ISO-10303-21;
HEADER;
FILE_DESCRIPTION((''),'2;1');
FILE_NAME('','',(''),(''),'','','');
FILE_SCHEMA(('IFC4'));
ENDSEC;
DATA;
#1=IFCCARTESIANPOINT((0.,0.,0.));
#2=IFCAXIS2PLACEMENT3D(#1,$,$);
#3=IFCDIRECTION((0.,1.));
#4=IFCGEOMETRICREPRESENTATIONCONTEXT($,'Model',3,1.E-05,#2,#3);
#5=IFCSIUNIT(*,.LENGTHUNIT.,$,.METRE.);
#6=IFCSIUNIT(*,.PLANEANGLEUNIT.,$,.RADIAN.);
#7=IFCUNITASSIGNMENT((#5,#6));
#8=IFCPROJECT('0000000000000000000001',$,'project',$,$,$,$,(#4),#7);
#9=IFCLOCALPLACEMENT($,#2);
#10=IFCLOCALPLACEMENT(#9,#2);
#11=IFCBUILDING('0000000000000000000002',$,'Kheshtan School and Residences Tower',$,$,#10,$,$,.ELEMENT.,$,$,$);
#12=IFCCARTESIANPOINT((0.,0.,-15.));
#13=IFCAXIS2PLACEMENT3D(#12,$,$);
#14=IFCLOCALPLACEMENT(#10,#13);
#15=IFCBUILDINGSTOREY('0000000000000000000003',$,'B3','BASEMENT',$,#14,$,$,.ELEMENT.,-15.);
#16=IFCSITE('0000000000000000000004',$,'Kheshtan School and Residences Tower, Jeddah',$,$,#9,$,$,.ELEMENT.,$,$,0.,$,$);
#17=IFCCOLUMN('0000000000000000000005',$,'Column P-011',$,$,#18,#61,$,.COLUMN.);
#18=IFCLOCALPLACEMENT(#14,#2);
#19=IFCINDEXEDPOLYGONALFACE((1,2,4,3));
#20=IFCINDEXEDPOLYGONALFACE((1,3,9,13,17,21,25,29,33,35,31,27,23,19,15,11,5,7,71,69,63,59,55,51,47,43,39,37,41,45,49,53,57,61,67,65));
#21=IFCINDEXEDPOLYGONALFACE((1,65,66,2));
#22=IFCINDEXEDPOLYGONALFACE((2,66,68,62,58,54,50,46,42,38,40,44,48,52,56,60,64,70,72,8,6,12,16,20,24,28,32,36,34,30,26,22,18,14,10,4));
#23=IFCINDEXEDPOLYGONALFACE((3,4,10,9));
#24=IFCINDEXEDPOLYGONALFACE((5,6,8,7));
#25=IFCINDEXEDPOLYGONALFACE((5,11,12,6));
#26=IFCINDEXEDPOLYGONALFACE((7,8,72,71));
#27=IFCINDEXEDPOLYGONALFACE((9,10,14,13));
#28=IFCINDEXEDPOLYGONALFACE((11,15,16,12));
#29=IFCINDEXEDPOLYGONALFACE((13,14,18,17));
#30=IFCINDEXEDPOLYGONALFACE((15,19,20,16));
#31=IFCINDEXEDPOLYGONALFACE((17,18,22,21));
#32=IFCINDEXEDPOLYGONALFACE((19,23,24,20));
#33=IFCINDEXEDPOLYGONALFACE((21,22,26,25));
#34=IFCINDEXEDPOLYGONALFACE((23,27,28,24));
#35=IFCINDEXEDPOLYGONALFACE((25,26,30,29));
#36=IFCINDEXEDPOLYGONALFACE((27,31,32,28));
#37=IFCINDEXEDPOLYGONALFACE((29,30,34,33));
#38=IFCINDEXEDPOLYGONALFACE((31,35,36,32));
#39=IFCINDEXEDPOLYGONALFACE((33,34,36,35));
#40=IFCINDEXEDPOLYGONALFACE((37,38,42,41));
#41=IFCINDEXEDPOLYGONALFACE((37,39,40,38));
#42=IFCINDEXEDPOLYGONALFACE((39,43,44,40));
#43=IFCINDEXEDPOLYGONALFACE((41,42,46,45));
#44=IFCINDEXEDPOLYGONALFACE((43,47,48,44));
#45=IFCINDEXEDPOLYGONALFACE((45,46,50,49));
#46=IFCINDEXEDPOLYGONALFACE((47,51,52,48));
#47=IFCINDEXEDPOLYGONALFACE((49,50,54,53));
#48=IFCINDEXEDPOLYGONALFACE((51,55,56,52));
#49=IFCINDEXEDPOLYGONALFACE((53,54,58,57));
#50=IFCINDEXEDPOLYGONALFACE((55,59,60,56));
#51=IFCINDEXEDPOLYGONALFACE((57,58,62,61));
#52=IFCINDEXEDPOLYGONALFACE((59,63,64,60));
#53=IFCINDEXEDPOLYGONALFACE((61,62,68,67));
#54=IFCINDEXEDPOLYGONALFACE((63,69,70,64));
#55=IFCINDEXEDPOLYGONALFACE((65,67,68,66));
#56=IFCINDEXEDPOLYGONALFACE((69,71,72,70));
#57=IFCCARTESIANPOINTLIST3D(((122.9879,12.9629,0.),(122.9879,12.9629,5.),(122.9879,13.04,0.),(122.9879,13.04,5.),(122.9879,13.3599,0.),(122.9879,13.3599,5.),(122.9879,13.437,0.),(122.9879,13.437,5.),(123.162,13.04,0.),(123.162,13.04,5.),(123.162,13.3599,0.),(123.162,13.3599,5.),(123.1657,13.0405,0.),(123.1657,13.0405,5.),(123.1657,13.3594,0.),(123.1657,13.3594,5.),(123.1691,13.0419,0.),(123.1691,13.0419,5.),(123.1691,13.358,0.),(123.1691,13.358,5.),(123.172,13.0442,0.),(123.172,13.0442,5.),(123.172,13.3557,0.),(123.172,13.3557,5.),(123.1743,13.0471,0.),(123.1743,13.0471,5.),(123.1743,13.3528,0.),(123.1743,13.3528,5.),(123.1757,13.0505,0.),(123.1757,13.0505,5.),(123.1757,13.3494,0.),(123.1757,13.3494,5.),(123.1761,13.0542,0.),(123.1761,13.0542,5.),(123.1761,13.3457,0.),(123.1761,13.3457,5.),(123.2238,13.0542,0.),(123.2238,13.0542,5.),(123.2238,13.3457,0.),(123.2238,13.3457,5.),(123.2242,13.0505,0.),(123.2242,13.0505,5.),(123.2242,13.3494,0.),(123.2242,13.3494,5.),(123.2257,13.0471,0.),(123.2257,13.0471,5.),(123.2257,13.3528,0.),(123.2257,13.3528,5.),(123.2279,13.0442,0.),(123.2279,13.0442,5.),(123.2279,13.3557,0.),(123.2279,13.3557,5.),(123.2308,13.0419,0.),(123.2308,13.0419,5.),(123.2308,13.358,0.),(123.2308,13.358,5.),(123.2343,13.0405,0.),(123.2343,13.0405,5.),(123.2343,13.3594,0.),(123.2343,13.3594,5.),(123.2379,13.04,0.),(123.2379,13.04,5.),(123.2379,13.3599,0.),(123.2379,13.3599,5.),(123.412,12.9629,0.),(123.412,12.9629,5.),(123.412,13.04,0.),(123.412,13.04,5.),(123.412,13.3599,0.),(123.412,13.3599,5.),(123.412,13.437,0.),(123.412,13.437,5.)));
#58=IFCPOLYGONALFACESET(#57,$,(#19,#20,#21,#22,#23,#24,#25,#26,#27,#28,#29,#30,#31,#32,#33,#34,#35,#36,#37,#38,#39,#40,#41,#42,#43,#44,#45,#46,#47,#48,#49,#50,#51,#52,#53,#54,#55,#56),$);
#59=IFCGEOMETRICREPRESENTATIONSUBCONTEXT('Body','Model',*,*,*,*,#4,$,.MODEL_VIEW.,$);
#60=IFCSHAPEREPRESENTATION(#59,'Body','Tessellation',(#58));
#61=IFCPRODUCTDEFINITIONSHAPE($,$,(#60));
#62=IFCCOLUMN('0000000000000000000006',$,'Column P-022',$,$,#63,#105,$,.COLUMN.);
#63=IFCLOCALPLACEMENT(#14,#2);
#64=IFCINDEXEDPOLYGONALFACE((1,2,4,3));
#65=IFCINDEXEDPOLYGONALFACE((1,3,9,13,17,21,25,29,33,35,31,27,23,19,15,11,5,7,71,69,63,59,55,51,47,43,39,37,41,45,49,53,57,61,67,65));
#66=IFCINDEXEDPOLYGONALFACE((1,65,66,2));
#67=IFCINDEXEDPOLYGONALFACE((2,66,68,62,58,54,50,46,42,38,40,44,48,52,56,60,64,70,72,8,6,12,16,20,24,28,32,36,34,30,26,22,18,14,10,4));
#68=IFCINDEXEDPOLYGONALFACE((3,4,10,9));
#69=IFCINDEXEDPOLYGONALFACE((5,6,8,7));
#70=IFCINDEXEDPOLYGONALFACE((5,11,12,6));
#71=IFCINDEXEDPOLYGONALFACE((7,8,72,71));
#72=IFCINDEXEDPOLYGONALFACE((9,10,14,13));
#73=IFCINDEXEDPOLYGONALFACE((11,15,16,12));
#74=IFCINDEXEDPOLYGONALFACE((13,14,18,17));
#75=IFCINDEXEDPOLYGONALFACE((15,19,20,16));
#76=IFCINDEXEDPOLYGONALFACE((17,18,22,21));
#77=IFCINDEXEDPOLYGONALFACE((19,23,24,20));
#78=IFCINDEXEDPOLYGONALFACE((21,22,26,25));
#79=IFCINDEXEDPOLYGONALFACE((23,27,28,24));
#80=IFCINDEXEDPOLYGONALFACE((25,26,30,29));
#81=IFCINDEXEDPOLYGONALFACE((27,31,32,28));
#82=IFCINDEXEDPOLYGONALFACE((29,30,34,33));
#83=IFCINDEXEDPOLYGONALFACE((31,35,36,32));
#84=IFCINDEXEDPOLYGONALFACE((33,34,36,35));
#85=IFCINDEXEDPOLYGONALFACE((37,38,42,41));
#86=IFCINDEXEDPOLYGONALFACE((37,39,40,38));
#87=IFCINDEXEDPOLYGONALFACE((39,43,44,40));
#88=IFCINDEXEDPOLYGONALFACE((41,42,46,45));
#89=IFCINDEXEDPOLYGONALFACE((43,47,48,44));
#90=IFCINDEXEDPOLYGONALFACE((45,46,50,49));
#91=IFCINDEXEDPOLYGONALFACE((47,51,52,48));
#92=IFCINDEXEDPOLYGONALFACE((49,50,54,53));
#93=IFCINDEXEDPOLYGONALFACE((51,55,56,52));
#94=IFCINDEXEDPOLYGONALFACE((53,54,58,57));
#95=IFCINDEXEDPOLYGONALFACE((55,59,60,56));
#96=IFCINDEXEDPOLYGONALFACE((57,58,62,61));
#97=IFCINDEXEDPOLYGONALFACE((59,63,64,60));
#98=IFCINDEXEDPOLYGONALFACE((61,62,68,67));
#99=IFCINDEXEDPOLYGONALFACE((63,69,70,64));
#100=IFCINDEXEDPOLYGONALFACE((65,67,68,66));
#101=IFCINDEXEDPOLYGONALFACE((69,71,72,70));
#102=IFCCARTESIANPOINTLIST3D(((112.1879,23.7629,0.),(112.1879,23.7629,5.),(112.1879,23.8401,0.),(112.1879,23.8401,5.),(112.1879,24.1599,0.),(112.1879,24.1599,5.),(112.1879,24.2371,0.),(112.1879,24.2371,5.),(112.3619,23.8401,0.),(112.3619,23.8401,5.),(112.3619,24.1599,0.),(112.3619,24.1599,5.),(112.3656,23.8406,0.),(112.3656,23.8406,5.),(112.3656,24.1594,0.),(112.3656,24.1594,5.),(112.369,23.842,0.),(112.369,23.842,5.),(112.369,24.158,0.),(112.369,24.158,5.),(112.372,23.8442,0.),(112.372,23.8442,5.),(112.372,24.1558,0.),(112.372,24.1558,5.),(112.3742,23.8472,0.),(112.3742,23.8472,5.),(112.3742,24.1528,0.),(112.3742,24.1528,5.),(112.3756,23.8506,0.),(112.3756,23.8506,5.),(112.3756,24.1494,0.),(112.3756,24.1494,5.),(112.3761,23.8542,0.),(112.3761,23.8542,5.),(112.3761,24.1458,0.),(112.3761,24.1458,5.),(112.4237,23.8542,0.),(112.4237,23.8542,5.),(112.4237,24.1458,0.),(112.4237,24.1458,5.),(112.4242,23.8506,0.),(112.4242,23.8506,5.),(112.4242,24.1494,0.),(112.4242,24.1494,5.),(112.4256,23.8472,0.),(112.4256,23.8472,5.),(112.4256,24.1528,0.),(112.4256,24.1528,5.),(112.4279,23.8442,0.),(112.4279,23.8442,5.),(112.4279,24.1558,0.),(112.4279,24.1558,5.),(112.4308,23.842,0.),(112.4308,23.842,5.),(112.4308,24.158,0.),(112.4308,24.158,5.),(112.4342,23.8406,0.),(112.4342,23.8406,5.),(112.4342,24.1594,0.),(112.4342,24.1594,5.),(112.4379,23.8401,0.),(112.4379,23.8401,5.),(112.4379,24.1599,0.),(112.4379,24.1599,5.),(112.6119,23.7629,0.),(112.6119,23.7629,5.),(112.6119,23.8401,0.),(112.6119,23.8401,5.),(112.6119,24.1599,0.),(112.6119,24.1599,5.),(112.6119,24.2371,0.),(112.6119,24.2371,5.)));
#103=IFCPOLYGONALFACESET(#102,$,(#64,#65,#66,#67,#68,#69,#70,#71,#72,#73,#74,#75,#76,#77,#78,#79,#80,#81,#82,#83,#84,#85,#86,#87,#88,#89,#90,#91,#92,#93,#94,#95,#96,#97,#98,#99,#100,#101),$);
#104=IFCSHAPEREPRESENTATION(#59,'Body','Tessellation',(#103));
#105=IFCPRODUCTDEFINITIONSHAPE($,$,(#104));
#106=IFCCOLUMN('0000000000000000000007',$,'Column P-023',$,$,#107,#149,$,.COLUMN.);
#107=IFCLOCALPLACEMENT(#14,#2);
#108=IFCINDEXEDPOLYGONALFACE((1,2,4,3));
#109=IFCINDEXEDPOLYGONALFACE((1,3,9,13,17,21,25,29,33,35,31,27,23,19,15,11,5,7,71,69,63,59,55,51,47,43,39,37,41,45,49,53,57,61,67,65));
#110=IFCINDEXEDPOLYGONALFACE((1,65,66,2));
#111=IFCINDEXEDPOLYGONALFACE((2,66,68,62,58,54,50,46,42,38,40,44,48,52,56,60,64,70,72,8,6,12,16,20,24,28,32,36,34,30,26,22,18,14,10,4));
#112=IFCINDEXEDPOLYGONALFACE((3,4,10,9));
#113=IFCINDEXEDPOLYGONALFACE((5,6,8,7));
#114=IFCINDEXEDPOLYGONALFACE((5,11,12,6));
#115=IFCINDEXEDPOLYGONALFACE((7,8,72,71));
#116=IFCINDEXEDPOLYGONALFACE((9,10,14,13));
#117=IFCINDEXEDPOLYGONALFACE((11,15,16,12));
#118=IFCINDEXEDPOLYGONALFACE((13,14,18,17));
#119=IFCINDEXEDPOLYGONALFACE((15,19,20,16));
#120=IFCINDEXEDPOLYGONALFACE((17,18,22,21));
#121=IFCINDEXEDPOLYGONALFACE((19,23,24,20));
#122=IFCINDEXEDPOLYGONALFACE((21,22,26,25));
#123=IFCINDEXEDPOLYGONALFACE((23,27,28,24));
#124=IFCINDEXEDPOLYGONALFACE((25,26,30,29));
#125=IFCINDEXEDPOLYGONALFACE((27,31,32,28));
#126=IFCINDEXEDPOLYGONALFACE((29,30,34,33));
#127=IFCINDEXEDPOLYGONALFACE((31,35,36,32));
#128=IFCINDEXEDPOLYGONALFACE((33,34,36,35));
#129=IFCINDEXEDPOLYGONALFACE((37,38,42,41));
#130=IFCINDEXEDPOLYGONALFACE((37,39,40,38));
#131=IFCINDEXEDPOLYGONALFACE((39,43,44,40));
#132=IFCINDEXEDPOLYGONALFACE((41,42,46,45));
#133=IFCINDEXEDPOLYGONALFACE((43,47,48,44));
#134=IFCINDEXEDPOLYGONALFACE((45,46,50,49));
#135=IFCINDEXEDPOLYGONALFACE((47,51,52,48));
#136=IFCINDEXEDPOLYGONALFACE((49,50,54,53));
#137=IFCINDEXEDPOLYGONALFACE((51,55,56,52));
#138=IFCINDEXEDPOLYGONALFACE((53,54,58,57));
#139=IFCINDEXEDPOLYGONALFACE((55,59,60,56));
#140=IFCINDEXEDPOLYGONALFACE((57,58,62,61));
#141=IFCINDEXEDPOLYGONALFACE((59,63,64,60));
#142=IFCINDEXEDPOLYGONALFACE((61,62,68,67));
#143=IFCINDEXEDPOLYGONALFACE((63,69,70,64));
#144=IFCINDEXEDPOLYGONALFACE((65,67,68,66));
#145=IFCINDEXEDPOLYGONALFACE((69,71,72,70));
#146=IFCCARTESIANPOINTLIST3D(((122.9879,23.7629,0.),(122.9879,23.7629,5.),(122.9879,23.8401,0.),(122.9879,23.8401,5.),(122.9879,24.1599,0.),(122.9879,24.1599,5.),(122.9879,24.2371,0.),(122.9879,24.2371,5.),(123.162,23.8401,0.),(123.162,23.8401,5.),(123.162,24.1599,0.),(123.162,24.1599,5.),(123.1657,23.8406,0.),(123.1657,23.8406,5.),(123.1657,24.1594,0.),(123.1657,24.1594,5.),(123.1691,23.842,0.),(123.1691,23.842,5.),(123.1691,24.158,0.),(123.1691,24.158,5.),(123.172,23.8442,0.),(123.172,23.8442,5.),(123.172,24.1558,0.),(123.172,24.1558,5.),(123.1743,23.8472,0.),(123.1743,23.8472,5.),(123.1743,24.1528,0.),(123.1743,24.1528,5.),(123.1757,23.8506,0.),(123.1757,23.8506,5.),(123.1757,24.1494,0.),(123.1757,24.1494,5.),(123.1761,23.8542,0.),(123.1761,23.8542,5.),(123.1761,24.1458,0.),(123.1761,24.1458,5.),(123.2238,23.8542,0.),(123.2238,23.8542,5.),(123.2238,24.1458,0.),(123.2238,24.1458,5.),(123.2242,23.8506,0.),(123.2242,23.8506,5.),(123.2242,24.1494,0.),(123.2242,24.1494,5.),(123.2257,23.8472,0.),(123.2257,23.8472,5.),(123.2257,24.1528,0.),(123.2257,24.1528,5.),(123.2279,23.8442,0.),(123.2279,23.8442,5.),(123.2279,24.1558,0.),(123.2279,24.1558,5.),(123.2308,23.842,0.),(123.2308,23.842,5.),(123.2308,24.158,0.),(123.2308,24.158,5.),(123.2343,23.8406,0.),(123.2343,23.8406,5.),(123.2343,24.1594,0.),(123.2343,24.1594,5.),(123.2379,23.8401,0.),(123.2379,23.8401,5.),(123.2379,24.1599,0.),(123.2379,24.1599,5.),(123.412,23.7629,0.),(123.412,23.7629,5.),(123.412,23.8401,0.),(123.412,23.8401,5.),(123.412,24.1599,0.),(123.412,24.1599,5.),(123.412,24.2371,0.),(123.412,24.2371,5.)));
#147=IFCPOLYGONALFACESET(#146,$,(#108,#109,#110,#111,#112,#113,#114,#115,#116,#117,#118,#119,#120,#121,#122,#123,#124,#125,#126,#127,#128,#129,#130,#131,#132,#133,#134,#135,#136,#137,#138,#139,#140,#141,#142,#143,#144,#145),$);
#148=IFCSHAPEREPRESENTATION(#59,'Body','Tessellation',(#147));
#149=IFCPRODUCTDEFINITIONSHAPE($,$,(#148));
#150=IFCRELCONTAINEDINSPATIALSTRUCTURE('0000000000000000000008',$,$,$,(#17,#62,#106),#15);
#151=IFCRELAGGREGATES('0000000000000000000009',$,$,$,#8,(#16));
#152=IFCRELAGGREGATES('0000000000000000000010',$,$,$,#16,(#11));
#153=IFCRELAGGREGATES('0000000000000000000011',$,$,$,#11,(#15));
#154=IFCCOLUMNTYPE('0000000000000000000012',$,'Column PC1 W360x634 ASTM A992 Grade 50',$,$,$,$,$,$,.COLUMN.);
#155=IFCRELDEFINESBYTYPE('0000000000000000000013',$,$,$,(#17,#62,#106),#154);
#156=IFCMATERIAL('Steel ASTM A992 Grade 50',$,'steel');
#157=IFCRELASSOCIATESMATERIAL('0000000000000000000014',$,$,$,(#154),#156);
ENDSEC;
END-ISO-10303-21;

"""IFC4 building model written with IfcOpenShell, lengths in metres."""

from ifc_helpers import new_model, si_unit, direction, frame, origin, origin_2d, place, context, subcontext, project, spatial, i_section, extrude, material, material_profile, profile_set, type_object, element, save


model = new_model("IFC4")

# Units and contexts
model_context = context("Model", 3, precision=1e-05, world=origin(), true_north=direction((0.0, 1.0)))
body_context = subcontext(model_context, "Body", "Model", "MODEL_VIEW")
ifc_project = project(units=[si_unit("LENGTHUNIT", "METRE"), si_unit("PLANEANGLEUNIT", "RADIAN")], contexts=[model_context])

# Site, building, storey
site_placement = place(None, origin())
site = spatial("IfcSite", under=ifc_project, at=site_placement, Name="Kheshtan School and Residences Tower, Jeddah", CompositionType="ELEMENT", RefElevation=0.0)
building_placement = place(site_placement, origin())
building = spatial("IfcBuilding", under=site, at=building_placement, Name="Kheshtan School and Residences Tower", CompositionType="ELEMENT")
storey_placement = place(building_placement, frame((0.0, 0.0, -15.0)))
storey = spatial("IfcBuildingStorey", under=building, at=storey_placement, Name="B3", Description="BASEMENT", CompositionType="ELEMENT", Elevation=-15.0)

# Columns
ifc_material_1 = material(Name="Steel ASTM A992 Grade 50", Category="steel")
ifc_material_profile_1 = material_profile(ifc_material_1, i_section(OverallWidth=0.4241, OverallDepth=0.4741, WebThickness=0.0476, FlangeThickness=0.0771, FilletRadius=0.0142, at=origin_2d()), Name="W360x634")
ifc_profile_set_1 = profile_set([ifc_material_profile_1], Name="Steel ASTM A992 Grade 50")
column_type = type_object("IfcColumnType", Name="Column PC1 W360x634 ASTM A992 Grade 50", PredefinedType="COLUMN", material=ifc_profile_set_1)
for number, where, z_axis, x_axis, name in (
    (1, (123.2, 13.2, 0.0), (0.0, 0.0, 1.0), (1.0, 0.0, 0.0), "Column P-011"),
    (2, (112.3999, 24.0, 0.0), (0.0, 0.0, 1.0), (1.0, 0.0, 0.0), "Column P-022"),
    (3, (123.2, 24.0, 0.0), (0.0, 0.0, 1.0), (1.0, 0.0, 0.0), "Column P-023"),
):
    element("IfcColumn", number, at=place(storey_placement, frame(where, z_axis=z_axis, x_axis=x_axis)), inside=storey, type_object=column_type, Name=name, PredefinedType="COLUMN", context=body_context, shape_type="SweptSolid", body=[
        extrude(i_section(OverallWidth=0.4241, OverallDepth=0.4741, WebThickness=0.0476, FlangeThickness=0.0771, FilletRadius=0.0142, at=origin_2d()), origin(), (0.0, 0.0, 1.0), 5.0),
    ])

save(model, "model.ifc")
